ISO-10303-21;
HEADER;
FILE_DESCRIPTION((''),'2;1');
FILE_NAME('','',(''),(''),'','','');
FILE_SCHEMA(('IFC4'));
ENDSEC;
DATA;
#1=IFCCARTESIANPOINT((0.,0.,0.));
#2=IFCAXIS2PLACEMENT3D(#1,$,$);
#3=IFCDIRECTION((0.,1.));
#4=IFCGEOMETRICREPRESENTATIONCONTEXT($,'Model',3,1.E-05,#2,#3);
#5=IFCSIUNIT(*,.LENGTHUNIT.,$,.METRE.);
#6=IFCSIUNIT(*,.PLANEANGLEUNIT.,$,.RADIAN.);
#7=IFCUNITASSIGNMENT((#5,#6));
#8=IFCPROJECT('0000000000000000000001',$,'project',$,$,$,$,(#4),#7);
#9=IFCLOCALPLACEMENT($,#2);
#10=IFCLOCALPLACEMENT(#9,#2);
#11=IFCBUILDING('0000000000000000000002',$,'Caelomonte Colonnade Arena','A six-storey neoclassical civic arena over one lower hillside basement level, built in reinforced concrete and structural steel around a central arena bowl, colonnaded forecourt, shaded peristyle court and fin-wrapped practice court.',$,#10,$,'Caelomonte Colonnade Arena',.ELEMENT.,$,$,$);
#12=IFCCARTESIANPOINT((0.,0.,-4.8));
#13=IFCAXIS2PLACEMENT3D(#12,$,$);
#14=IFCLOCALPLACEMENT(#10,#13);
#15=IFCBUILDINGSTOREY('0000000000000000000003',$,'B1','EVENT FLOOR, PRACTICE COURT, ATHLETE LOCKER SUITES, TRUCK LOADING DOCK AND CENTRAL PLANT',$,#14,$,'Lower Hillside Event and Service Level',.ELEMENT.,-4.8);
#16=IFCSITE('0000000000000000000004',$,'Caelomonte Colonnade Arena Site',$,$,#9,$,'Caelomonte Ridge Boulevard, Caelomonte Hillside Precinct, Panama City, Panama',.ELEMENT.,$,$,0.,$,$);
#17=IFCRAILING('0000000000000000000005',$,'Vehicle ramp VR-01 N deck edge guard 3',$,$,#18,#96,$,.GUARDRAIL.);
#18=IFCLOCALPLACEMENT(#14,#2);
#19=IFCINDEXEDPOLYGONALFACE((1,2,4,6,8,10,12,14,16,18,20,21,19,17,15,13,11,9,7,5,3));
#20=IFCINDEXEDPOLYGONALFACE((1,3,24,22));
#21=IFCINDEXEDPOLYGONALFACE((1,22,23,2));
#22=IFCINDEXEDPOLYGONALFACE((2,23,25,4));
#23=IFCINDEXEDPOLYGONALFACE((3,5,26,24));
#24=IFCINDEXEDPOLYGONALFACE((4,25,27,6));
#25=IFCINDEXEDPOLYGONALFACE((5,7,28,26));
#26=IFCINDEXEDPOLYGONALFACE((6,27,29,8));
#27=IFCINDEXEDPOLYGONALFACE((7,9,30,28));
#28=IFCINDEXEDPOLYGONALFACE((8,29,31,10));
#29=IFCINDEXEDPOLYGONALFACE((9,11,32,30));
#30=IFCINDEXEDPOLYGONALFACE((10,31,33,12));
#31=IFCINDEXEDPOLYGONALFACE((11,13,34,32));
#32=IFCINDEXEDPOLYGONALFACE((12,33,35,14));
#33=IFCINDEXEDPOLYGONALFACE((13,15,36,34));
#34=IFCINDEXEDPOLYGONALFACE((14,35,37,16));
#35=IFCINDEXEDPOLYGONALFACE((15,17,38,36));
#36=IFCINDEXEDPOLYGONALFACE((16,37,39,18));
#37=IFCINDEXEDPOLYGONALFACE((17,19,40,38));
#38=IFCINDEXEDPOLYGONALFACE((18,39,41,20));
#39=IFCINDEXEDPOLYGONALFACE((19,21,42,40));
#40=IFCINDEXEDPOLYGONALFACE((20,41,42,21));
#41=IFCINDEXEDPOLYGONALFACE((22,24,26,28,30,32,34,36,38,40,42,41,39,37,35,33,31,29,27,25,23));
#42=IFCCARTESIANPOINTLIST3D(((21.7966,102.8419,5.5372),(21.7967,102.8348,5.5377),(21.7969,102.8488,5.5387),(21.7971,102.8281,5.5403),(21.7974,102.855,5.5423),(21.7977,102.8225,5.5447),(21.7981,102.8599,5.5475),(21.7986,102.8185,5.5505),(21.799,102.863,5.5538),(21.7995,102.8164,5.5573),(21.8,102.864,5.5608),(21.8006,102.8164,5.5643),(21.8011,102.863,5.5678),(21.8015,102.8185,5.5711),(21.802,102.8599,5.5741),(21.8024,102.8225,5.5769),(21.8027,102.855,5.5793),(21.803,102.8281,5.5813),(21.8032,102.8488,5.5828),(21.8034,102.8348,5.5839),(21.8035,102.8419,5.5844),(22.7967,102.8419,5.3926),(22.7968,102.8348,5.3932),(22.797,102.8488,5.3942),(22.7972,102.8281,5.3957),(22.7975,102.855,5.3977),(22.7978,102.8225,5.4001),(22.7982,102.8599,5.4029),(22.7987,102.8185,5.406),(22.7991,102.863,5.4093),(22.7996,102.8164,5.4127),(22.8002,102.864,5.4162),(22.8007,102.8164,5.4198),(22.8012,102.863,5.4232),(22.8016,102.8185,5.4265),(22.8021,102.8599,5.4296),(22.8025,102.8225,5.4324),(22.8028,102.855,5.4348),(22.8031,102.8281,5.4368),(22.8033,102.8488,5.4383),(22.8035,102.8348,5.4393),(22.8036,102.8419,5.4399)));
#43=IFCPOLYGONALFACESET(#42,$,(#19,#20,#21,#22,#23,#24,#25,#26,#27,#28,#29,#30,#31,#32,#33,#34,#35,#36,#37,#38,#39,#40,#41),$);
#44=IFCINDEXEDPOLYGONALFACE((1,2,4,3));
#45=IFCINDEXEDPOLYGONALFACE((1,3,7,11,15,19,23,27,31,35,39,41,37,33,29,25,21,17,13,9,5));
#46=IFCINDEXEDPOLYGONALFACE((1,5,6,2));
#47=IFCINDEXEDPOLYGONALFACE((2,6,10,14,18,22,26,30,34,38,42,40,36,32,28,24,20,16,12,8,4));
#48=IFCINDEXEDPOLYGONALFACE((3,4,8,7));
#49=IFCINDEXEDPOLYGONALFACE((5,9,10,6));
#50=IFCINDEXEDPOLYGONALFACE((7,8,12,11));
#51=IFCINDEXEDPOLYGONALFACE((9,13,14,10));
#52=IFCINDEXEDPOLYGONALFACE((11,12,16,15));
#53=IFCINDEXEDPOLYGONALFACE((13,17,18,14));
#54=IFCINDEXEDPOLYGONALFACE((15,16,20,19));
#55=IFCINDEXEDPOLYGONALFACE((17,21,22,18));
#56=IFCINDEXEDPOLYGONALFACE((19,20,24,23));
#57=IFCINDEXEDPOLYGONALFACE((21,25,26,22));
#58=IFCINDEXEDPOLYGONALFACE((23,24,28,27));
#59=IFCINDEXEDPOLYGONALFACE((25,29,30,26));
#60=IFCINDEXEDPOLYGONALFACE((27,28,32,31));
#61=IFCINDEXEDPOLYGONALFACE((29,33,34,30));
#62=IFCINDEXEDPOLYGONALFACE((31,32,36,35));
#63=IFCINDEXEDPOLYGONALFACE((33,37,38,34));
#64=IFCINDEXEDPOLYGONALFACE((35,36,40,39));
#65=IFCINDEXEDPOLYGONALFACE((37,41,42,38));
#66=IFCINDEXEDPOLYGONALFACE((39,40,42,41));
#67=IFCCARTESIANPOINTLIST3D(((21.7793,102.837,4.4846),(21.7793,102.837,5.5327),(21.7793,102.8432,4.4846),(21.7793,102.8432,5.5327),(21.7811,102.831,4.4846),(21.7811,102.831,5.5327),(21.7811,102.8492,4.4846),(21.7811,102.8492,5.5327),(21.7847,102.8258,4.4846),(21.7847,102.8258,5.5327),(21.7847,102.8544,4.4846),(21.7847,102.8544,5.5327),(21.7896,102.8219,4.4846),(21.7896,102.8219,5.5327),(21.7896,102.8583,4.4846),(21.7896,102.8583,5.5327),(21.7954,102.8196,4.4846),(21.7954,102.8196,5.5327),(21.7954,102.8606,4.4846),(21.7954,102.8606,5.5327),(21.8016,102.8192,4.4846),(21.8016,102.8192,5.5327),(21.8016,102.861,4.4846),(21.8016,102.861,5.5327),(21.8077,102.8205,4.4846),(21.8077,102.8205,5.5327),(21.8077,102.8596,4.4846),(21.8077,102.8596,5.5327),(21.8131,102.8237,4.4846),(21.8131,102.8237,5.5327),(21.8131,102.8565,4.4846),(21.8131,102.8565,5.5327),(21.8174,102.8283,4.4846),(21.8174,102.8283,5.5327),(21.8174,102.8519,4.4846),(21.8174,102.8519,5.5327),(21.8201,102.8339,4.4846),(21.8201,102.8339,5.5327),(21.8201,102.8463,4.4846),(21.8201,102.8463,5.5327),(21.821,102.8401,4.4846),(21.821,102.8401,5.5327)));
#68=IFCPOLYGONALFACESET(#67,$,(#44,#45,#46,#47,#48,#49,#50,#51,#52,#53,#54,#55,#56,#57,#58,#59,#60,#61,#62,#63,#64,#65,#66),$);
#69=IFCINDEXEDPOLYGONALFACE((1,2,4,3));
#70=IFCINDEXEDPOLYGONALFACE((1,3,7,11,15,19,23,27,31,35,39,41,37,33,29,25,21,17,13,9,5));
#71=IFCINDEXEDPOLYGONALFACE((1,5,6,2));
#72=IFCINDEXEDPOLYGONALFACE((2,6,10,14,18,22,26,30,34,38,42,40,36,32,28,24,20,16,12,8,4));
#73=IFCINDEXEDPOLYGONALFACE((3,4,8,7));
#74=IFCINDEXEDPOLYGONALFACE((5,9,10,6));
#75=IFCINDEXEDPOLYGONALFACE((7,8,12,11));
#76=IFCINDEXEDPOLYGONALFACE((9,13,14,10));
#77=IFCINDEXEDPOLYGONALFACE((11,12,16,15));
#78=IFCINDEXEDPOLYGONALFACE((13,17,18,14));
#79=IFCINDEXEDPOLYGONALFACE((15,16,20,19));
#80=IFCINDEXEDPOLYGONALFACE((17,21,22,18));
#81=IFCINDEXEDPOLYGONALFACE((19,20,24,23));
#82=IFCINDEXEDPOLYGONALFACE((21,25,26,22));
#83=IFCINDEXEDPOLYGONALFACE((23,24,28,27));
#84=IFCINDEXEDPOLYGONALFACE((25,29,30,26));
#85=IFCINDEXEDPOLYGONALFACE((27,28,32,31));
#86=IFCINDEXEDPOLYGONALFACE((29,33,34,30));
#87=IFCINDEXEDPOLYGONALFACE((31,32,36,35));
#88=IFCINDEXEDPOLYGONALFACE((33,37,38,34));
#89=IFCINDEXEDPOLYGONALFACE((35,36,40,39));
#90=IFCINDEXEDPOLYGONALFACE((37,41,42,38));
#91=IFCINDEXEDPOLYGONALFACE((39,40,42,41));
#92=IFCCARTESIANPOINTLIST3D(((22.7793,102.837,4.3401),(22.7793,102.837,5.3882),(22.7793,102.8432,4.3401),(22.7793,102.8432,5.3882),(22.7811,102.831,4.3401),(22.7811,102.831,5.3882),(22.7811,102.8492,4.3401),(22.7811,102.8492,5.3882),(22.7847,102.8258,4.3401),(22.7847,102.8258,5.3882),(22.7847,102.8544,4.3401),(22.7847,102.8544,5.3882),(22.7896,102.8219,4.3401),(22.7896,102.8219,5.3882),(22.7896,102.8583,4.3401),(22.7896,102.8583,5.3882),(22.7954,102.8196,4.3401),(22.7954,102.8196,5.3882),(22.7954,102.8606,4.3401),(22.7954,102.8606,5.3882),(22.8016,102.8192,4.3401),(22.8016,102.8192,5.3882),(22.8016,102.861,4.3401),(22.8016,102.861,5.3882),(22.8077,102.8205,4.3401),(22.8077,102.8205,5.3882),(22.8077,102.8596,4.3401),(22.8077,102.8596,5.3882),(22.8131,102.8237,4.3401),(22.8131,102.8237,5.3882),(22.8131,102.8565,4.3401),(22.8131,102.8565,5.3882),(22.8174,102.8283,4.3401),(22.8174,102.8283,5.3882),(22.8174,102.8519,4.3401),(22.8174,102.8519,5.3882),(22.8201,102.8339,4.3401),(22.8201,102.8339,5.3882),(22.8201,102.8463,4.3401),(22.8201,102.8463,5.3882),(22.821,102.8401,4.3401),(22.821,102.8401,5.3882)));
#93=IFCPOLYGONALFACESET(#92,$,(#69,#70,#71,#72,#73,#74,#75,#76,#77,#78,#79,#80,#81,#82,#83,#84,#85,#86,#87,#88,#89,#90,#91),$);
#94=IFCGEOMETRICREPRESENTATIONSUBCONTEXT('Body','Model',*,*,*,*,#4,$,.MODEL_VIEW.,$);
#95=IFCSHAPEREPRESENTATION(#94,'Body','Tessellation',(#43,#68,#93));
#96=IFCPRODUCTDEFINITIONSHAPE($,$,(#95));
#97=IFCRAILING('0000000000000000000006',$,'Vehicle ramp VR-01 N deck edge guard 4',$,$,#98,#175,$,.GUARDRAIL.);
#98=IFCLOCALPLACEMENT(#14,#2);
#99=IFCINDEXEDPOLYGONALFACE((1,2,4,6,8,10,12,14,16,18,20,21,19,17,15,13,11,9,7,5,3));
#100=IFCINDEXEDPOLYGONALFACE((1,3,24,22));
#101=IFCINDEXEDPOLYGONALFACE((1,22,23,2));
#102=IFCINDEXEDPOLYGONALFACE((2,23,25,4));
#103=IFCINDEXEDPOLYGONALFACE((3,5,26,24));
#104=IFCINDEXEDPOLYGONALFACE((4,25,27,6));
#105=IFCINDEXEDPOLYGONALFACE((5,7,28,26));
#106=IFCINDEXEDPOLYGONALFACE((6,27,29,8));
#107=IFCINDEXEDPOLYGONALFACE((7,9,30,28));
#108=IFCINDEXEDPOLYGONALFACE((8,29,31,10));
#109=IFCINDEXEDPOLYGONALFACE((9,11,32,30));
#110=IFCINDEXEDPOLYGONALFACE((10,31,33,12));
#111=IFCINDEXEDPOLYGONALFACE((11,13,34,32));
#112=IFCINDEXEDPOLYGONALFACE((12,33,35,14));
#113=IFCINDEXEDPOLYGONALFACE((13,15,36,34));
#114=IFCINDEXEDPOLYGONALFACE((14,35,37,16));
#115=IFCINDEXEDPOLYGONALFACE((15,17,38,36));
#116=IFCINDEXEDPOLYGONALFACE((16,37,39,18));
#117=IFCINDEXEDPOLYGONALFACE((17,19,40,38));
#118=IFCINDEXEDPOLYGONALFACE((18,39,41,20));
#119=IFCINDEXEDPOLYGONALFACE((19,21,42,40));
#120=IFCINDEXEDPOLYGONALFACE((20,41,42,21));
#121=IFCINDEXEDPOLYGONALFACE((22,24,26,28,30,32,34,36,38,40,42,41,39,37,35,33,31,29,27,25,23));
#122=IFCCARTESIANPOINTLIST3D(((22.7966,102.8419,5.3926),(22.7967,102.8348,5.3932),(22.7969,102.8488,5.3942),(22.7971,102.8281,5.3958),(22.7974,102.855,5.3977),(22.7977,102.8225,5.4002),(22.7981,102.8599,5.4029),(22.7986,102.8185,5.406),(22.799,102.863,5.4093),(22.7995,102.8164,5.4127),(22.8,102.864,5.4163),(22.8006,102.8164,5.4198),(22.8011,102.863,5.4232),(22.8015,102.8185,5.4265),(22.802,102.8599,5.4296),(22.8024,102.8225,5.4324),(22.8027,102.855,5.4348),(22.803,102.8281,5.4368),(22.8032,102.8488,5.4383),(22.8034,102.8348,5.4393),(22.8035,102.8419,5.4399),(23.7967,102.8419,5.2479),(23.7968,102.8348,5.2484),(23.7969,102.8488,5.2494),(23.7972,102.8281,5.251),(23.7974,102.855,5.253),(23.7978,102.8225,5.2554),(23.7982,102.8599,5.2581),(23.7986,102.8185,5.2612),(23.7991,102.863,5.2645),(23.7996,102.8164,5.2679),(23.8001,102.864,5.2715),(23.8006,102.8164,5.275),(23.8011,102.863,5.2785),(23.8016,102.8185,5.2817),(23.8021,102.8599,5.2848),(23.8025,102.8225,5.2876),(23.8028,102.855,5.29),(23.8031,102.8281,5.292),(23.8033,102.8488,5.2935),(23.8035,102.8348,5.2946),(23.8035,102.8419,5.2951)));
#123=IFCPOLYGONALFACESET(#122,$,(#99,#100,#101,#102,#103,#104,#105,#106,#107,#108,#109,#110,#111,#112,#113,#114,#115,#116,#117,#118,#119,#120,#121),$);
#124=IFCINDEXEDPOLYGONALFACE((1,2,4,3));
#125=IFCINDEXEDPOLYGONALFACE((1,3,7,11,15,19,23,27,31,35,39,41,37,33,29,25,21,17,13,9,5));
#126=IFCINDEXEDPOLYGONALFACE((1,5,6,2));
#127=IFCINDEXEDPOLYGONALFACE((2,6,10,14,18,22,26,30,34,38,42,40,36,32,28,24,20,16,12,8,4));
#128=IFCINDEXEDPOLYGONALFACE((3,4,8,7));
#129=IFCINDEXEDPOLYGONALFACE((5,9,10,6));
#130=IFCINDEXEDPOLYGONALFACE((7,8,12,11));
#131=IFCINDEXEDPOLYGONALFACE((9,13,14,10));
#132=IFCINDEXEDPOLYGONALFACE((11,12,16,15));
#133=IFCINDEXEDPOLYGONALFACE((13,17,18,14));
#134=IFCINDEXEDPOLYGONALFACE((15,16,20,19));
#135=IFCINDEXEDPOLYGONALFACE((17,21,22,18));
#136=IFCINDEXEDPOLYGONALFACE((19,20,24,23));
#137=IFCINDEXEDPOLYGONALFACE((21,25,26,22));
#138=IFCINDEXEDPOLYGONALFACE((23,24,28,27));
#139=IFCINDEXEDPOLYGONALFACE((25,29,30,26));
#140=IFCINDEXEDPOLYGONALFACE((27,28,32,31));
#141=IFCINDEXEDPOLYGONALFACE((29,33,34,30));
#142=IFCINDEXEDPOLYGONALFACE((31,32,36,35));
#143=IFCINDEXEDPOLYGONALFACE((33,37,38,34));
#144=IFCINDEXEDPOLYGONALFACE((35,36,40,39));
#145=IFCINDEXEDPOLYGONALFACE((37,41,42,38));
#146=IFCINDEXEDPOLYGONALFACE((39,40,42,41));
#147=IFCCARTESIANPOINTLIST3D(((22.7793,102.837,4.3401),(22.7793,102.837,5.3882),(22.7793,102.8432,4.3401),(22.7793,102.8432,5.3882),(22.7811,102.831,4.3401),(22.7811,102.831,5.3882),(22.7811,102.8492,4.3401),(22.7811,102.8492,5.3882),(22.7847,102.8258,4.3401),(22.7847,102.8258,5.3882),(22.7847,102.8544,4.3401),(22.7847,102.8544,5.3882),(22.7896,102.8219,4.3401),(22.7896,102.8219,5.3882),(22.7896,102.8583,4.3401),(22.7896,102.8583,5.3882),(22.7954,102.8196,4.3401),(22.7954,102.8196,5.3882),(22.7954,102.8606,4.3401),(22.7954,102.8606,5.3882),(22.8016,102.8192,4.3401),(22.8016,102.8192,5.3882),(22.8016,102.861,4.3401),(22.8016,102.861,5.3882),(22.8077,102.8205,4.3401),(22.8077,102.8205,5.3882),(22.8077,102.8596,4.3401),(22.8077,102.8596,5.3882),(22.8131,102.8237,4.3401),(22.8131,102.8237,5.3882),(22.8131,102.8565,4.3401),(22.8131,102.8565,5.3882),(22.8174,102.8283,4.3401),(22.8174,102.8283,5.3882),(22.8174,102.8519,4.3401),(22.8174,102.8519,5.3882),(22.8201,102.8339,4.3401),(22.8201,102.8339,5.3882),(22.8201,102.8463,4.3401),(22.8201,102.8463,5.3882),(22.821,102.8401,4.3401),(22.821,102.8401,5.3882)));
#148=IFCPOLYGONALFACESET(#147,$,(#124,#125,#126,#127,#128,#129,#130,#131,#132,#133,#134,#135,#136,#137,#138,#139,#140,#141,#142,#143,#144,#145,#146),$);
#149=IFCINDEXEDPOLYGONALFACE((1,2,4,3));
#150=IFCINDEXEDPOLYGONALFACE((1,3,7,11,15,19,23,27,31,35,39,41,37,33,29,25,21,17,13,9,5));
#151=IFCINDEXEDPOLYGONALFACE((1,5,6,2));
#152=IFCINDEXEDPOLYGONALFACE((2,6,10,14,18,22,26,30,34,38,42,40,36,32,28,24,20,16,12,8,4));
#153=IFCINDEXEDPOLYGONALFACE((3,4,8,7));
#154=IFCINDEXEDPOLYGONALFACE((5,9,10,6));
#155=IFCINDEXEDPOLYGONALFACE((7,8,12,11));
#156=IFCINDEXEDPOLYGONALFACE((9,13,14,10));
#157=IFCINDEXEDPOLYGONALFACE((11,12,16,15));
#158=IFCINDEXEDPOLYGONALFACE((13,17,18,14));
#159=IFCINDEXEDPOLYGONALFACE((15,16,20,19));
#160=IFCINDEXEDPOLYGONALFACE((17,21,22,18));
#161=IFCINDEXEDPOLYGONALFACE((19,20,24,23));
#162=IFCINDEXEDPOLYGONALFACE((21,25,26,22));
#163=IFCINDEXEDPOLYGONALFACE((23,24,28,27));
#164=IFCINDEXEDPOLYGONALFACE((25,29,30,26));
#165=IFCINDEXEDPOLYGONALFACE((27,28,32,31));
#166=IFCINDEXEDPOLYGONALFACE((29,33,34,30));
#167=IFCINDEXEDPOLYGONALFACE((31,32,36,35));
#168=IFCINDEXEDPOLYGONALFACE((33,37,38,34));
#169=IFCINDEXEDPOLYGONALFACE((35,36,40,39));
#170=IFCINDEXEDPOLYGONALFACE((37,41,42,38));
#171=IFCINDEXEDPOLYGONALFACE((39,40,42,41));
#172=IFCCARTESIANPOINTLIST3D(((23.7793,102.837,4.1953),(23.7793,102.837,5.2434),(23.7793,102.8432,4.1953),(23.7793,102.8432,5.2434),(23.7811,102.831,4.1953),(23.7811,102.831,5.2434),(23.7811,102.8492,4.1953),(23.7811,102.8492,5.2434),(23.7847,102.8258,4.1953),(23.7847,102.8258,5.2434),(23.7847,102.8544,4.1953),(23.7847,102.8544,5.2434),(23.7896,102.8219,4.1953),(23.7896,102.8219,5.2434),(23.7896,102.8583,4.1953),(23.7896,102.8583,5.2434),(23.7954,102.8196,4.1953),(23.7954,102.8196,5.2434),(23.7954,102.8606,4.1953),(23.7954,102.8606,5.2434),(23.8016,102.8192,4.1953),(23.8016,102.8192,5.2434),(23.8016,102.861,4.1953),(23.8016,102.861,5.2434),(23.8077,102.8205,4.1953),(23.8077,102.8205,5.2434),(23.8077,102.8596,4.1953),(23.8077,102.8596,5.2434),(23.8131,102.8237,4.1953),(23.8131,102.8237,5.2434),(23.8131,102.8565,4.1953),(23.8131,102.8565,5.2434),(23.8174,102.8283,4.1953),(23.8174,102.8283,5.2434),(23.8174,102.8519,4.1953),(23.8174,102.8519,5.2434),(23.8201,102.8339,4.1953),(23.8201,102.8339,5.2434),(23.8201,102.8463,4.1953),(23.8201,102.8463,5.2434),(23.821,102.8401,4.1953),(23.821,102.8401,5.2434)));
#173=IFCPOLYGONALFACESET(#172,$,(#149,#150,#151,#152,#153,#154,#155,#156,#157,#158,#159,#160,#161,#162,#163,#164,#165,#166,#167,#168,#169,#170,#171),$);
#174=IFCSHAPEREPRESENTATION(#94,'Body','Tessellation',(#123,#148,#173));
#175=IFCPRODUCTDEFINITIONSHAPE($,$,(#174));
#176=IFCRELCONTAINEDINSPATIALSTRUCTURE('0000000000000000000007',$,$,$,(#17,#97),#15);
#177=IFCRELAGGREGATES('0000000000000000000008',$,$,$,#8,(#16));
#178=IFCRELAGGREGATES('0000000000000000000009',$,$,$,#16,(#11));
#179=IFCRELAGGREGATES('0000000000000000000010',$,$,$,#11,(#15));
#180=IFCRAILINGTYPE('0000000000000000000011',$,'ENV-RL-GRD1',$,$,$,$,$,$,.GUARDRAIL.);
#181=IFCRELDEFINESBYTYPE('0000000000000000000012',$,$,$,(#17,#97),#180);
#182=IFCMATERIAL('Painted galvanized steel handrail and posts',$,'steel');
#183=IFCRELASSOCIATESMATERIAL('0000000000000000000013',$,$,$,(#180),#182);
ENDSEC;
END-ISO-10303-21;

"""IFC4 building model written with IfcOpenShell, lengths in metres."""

from ifc_helpers import new_model, si_unit, direction, frame, origin, origin_2d, place, context, subcontext, project, spatial, circle, extrude, material, type_object, element, save


model = new_model("IFC4")

# Units and contexts
model_context = context("Model", 3, precision=1e-05, world=origin(), true_north=direction((0.0, 1.0)))
body_context = subcontext(model_context, "Body", "Model", "MODEL_VIEW")
ifc_project = project(units=[si_unit("LENGTHUNIT", "METRE"), si_unit("PLANEANGLEUNIT", "RADIAN")], contexts=[model_context])

# Site, building, storey
site_placement = place(None, origin())
site = spatial("IfcSite", under=ifc_project, at=site_placement, Name="Caelomonte Colonnade Arena Site", LongName="Caelomonte Ridge Boulevard, Caelomonte Hillside Precinct, Panama City, Panama", CompositionType="ELEMENT", RefElevation=0.0)
building_placement = place(site_placement, origin())
building = spatial("IfcBuilding", under=site, at=building_placement, Name="Caelomonte Colonnade Arena", Description="A six-storey neoclassical civic arena over one lower hillside basement level, built in reinforced concrete and structural steel around a central arena bowl, colonnaded forecourt, shaded peristyle court and fin-wrapped practice court.", LongName="Caelomonte Colonnade Arena", CompositionType="ELEMENT")
storey_placement = place(building_placement, frame((0.0, 0.0, -4.8)))
storey = spatial("IfcBuildingStorey", under=building, at=storey_placement, Name="B1", Description="EVENT FLOOR, PRACTICE COURT, ATHLETE LOCKER SUITES, TRUCK LOADING DOCK AND CENTRAL PLANT", LongName="Lower Hillside Event and Service Level", CompositionType="ELEMENT", Elevation=-4.8)

# Railings
ifc_material_1 = material(Name="Painted galvanized steel handrail and posts", Category="steel")
railing_type = type_object("IfcRailingType", Name="ENV-RL-GRD1", PredefinedType="GUARDRAIL", material=ifc_material_1)
for number, where, name in (
    (1, (21.8, 102.8401, 4.4846), "Vehicle ramp VR-01 N deck edge guard 3"),
):
    element("IfcRailing", number, at=place(storey_placement, frame(where)), inside=storey, type_object=railing_type, Name=name, PredefinedType="GUARDRAIL", context=body_context, shape_type="SweptSolid", body=[
        extrude(circle(Radius=0.0239, at=origin_2d()), frame((0.0, 0.0, 1.0762), z_axis=(0.989716, 0.0, -0.143045), x_axis=(0.0, 1.0, 0.0)), (0.0, 0.0, 1.0), 1.0105),
        extrude(circle(Radius=0.021, at=origin_2d()), origin(), (0.0, 0.0, 1.0), 1.0481),
        extrude(circle(Radius=0.021, at=origin_2d()), frame((1.0, 0.0, -0.1445)), (0.0, 0.0, 1.0), 1.0481),
    ])
for number, where, name in (
    (2, (22.8, 102.8401, 4.3401), "Vehicle ramp VR-01 N deck edge guard 4"),
):
    element("IfcRailing", number, at=place(storey_placement, frame(where)), inside=storey, type_object=railing_type, Name=name, PredefinedType="GUARDRAIL", context=body_context, shape_type="SweptSolid", body=[
        extrude(circle(Radius=0.0239, at=origin_2d()), frame((0.0, 0.0, 1.0762), z_axis=(0.989682, 0.0, -0.143282), x_axis=(0.0, 1.0, 0.0)), (0.0, 0.0, 1.0), 1.0105),
        extrude(circle(Radius=0.021, at=origin_2d()), origin(), (0.0, 0.0, 1.0), 1.0481),
        extrude(circle(Radius=0.021, at=origin_2d()), frame((1.0, 0.0, -0.1448)), (0.0, 0.0, 1.0), 1.0481),
    ])

save(model, "model.ifc")
